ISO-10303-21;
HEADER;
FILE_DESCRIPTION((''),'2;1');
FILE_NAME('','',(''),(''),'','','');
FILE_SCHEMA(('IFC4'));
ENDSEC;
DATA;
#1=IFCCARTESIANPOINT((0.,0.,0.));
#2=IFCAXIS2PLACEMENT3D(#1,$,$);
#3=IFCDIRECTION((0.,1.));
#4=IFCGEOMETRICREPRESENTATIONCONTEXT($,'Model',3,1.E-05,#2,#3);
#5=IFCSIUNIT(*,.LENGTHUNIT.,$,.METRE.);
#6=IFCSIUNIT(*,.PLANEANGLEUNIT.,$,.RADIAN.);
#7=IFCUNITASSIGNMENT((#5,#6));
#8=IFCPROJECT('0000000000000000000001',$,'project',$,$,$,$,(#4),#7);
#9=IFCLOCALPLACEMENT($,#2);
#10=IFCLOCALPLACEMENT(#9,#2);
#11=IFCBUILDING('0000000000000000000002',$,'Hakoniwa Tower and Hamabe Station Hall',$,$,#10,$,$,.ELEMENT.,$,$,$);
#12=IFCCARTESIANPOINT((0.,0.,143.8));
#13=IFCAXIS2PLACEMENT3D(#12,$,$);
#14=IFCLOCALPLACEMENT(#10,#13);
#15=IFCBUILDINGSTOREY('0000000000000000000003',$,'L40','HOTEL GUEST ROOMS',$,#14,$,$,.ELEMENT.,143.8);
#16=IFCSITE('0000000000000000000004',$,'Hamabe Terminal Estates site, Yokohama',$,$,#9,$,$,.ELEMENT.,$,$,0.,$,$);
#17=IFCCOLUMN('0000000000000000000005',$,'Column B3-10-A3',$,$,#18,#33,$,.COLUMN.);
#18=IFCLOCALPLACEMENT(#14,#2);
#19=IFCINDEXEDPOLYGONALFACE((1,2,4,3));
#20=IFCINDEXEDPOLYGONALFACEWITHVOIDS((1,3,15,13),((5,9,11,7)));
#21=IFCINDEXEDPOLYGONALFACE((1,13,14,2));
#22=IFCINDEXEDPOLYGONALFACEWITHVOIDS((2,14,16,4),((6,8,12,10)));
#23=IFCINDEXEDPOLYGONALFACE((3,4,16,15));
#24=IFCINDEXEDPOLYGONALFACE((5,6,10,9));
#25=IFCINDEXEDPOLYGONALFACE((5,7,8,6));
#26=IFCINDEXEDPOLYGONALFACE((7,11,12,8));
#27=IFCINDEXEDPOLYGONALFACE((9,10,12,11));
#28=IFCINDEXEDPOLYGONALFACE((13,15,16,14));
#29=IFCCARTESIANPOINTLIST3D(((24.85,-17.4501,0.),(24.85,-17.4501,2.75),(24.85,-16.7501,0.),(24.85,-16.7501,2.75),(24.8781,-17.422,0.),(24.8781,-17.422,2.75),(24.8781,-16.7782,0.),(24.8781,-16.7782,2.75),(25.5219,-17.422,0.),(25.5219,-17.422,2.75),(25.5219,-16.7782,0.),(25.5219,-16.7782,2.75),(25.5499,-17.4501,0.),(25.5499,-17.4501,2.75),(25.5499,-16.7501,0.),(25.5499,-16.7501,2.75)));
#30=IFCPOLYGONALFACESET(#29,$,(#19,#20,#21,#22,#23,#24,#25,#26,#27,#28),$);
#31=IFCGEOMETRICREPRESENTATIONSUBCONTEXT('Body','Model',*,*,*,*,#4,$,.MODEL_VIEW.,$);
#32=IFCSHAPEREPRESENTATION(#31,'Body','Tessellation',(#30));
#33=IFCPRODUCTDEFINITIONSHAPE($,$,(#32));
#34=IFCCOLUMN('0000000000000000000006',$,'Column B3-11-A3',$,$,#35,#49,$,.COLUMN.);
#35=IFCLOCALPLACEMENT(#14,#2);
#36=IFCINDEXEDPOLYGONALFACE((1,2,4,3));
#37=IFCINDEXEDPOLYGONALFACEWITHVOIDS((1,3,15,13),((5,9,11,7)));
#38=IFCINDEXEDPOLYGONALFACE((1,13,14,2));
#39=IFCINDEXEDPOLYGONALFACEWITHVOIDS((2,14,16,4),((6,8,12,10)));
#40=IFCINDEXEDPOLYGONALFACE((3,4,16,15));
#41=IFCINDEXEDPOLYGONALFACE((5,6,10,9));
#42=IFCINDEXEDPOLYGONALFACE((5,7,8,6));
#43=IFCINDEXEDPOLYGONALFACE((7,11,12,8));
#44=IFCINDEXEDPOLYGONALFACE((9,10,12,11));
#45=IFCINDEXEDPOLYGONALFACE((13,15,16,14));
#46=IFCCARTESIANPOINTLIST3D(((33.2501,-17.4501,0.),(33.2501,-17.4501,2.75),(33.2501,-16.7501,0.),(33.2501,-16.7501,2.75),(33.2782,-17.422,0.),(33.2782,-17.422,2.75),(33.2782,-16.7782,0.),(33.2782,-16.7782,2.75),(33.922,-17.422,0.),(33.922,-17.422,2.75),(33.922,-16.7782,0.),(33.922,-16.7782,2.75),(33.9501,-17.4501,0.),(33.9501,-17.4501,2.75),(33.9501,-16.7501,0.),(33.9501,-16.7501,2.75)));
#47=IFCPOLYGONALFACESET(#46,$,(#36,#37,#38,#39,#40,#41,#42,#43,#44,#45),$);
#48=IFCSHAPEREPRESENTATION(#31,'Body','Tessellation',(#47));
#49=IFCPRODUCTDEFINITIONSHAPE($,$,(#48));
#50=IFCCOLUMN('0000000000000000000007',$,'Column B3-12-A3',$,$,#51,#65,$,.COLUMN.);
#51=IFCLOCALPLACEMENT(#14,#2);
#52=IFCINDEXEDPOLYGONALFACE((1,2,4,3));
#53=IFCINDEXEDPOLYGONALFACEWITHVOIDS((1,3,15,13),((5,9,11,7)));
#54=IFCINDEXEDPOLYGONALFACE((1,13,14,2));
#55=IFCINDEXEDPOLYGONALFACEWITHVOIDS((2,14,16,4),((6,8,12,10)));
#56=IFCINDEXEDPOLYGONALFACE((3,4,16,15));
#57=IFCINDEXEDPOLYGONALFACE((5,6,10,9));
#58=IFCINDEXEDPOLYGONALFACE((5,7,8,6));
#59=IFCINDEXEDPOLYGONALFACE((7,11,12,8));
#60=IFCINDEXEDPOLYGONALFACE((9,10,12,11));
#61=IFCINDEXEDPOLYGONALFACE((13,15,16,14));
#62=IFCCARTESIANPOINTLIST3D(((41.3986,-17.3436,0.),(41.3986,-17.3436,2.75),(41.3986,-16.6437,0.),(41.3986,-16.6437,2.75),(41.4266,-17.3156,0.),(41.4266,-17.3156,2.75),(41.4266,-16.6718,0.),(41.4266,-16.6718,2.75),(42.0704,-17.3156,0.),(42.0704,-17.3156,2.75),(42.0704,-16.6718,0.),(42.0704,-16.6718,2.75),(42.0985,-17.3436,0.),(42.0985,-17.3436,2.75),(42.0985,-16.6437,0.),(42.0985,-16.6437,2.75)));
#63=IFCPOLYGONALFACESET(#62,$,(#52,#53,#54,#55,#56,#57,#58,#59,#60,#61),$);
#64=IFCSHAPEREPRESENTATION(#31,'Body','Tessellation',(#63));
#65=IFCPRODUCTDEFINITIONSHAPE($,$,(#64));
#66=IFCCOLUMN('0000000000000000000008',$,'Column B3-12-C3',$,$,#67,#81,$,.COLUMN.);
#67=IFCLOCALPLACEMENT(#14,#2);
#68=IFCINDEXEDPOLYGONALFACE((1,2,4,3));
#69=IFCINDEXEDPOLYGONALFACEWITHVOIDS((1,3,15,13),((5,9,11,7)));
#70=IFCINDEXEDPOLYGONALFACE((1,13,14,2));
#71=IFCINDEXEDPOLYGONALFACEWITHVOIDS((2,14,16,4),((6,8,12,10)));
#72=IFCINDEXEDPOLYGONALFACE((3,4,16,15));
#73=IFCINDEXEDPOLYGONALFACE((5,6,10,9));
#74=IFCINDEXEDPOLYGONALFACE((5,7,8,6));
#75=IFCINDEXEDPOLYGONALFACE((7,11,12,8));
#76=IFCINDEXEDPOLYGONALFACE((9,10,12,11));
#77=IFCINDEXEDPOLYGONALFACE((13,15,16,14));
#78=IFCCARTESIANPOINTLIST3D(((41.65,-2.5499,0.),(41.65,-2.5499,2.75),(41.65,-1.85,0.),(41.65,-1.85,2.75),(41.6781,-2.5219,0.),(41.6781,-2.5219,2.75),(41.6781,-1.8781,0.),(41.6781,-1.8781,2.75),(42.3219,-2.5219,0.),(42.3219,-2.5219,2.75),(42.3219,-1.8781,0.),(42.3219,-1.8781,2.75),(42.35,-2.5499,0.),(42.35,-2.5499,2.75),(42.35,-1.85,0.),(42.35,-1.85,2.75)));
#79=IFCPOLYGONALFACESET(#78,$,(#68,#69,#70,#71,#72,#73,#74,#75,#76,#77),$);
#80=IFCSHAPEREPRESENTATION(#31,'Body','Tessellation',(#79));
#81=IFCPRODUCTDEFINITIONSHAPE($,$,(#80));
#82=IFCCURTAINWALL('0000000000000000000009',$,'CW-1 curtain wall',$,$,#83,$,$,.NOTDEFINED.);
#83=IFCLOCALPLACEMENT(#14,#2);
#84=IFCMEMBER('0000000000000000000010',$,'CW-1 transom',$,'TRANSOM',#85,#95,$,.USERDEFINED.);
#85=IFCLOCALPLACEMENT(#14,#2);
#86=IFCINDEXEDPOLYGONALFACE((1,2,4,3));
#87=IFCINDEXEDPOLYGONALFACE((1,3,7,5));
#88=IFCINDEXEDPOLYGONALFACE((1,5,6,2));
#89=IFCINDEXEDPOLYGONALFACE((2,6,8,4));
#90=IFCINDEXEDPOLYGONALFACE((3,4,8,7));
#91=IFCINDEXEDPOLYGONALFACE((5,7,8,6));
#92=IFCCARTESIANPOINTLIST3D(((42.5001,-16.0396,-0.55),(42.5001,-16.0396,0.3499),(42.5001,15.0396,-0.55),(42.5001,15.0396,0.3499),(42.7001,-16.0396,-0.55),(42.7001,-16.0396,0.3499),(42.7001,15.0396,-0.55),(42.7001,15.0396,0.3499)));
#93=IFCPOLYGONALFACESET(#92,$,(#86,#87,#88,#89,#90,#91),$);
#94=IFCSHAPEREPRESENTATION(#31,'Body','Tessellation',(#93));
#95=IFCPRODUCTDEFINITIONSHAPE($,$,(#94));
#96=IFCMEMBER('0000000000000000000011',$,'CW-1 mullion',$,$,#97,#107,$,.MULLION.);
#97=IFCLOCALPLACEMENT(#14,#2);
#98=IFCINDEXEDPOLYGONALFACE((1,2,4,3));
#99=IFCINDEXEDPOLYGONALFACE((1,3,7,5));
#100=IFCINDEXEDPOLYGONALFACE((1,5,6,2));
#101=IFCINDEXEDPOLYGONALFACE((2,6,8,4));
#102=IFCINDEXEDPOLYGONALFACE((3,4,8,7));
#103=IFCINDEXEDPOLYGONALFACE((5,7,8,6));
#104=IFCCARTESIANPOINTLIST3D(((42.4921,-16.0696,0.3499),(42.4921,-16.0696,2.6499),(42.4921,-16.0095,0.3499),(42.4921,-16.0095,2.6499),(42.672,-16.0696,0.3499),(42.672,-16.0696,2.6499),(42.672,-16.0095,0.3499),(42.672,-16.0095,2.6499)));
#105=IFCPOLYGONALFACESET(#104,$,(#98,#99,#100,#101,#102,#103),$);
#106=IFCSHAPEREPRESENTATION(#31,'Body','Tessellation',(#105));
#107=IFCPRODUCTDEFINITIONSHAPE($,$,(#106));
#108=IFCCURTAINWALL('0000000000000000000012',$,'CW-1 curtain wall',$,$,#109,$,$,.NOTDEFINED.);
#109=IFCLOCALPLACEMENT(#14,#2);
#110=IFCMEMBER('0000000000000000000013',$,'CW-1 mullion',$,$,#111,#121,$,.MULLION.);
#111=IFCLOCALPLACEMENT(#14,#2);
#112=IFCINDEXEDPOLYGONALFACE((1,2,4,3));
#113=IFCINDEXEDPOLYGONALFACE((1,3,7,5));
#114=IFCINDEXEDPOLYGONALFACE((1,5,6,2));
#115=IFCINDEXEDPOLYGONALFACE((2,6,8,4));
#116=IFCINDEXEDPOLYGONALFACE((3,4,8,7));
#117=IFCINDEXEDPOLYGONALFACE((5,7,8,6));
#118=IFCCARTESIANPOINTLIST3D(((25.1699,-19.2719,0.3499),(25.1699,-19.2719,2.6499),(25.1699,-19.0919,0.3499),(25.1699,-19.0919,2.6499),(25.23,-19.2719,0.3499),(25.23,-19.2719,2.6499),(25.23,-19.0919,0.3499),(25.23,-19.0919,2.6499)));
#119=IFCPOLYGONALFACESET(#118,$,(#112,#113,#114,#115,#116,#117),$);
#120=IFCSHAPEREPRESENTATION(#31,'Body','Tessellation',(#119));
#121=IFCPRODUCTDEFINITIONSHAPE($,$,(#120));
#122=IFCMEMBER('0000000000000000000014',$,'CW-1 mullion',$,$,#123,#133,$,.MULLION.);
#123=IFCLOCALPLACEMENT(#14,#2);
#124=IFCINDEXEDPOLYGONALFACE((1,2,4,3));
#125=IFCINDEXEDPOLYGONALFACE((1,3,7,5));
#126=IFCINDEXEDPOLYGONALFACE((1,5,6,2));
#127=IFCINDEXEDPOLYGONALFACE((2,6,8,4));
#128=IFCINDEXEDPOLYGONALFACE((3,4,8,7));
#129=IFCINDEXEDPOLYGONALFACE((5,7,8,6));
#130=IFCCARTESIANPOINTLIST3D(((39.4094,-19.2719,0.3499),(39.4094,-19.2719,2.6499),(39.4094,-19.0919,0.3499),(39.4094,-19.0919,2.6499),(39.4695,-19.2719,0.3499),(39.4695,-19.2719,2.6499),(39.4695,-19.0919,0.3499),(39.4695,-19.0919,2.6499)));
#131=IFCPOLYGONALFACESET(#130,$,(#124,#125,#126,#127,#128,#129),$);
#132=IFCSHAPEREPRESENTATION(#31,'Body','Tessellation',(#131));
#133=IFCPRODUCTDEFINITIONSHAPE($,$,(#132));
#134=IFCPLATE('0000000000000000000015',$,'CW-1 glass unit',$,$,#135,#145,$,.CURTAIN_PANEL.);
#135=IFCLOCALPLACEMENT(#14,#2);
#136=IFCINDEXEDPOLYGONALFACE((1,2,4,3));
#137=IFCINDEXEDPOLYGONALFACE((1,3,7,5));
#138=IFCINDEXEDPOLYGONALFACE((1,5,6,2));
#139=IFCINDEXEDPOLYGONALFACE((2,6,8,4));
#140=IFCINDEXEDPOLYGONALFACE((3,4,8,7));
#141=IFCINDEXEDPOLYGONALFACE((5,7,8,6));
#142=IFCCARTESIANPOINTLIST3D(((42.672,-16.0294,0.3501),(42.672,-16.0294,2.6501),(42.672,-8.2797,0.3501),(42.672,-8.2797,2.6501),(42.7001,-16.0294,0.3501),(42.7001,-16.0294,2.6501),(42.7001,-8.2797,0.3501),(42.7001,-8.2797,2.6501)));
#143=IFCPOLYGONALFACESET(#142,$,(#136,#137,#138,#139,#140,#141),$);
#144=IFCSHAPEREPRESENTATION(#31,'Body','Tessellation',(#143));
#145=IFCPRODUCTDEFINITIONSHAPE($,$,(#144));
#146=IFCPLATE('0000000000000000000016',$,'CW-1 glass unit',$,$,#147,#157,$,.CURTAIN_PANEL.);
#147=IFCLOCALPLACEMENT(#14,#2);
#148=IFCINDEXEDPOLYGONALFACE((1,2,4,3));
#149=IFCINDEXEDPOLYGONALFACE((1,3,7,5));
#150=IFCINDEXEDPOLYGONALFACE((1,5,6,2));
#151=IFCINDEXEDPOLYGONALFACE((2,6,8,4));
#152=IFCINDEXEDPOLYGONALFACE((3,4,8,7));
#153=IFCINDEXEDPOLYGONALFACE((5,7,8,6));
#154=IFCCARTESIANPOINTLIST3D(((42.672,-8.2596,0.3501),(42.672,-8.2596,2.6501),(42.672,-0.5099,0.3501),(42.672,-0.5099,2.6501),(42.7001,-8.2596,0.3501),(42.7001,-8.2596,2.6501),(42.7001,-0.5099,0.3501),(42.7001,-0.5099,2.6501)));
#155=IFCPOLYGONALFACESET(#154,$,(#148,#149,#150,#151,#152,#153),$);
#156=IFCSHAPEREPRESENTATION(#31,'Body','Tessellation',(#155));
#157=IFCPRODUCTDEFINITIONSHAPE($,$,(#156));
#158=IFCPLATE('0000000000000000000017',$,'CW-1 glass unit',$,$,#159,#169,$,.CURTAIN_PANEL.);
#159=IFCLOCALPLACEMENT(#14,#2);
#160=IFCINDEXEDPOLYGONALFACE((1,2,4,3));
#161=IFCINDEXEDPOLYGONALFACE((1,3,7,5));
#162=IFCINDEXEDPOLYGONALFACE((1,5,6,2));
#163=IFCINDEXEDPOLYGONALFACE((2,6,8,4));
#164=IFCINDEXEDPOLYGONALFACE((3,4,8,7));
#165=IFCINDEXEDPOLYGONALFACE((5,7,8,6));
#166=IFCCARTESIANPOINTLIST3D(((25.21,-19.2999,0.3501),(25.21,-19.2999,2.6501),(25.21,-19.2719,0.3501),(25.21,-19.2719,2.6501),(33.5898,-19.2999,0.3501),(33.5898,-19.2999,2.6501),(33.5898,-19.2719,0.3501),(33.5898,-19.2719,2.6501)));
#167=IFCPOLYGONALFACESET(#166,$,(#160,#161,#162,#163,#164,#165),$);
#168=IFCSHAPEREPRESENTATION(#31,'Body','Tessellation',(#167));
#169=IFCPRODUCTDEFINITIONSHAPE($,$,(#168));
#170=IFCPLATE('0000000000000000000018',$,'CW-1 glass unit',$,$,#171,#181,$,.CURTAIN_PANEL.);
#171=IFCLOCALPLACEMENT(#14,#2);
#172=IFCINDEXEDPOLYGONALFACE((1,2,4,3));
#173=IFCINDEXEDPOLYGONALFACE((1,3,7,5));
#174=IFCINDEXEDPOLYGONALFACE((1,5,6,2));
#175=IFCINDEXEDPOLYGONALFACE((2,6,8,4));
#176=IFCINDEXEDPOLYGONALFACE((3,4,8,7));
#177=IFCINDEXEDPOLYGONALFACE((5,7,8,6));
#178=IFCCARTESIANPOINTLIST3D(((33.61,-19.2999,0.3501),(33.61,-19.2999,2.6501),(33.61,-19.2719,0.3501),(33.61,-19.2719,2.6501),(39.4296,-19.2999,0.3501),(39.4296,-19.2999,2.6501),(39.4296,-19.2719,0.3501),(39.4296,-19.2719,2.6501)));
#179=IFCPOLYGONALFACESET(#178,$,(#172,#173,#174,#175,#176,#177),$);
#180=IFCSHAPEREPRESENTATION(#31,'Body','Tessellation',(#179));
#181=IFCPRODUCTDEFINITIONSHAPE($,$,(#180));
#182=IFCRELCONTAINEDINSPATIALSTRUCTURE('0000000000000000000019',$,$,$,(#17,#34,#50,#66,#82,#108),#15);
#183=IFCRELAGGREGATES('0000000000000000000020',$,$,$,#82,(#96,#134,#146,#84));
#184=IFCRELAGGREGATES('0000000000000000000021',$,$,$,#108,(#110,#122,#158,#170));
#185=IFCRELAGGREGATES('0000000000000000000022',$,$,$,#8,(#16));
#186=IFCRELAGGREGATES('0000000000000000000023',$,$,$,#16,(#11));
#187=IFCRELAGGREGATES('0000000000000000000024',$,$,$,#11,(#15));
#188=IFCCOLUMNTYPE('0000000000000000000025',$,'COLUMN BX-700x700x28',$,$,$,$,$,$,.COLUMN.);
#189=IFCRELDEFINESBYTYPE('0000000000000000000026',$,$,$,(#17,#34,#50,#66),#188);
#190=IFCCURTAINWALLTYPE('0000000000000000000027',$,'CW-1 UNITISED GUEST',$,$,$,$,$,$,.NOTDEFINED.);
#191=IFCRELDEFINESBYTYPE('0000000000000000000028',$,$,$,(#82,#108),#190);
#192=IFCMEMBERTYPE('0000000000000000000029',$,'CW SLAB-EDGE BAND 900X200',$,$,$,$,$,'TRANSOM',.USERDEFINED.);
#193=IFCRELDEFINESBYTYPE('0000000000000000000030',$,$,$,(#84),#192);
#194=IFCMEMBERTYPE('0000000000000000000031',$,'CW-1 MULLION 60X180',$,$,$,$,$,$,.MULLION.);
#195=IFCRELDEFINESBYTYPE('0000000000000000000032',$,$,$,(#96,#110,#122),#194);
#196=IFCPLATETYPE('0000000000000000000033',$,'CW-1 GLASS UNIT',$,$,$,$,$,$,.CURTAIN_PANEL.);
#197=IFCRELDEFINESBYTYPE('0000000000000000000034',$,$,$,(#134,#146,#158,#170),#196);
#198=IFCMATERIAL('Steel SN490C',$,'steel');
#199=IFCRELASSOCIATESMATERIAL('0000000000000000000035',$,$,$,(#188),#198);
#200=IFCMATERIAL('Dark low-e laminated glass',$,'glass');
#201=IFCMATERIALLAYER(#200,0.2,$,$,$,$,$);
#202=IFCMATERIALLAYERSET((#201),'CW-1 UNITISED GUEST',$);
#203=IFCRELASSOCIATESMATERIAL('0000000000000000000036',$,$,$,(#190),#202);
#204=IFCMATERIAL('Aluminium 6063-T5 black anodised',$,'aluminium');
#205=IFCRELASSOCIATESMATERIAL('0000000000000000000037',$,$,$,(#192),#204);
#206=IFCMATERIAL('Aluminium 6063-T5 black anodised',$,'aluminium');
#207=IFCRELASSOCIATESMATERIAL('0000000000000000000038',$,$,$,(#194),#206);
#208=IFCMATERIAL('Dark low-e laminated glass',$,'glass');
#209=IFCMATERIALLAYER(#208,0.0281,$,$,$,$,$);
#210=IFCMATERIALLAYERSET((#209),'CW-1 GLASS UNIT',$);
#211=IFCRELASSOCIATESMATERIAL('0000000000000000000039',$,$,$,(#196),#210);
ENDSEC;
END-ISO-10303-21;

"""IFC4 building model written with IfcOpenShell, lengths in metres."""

from ifc_helpers import new_model, si_unit, direction, frame, origin, origin_2d, place, context, subcontext, project, spatial, rectangle, hollow_rectangle, extrude, material, layer, layer_set, material_profile, profile_set, type_object, element, aggregate, save


model = new_model("IFC4")

# Units and contexts
model_context = context("Model", 3, precision=1e-05, world=origin(), true_north=direction((0.0, 1.0)))
body_context = subcontext(model_context, "Body", "Model", "MODEL_VIEW")
ifc_project = project(units=[si_unit("LENGTHUNIT", "METRE"), si_unit("PLANEANGLEUNIT", "RADIAN")], contexts=[model_context])

# Site, building, storey
site_placement = place(None, origin())
site = spatial("IfcSite", under=ifc_project, at=site_placement, Name="Hamabe Terminal Estates site, Yokohama", CompositionType="ELEMENT", RefElevation=0.0)
building_placement = place(site_placement, origin())
building = spatial("IfcBuilding", under=site, at=building_placement, Name="Hakoniwa Tower and Hamabe Station Hall", CompositionType="ELEMENT")
storey_placement = place(building_placement, frame((0.0, 0.0, 143.8)))
storey = spatial("IfcBuildingStorey", under=building, at=storey_placement, Name="L40", Description="HOTEL GUEST ROOMS", CompositionType="ELEMENT", Elevation=143.8)

# Columns
ifc_material_1 = material(Name="Steel SN490C", Category="steel")
ifc_material_profile_1 = material_profile(ifc_material_1, hollow_rectangle(XDim=0.7, YDim=0.7, WallThickness=0.0281, at=origin_2d()), Name="BX-700x700x28")
ifc_profile_set_1 = profile_set([ifc_material_profile_1], Name="Steel SN490C")
column_type = type_object("IfcColumnType", Name="COLUMN BX-700x700x28", PredefinedType="COLUMN", material=ifc_profile_set_1)
for number, where, z_axis, x_axis, name in (
    (1, (25.2, -17.1001, 0.0), (0.0, 0.0, 1.0), (1.0, 0.0, 0.0), "Column B3-10-A3"),
    (2, (33.6001, -17.1001, 0.0), (0.0, 0.0, 1.0), (1.0, 0.0, 0.0), "Column B3-11-A3"),
    (3, (41.7485, -16.9937, 0.0), (0.0, 0.0, 1.0), (1.0, 0.0, 0.0), "Column B3-12-A3"),
    (4, (42.0, -2.2, 0.0), (0.0, 0.0, 1.0), (1.0, 0.0, 0.0), "Column B3-12-C3"),
):
    element("IfcColumn", number, at=place(storey_placement, frame(where, z_axis=z_axis, x_axis=x_axis)), inside=storey, type_object=column_type, Name=name, PredefinedType="COLUMN", context=body_context, shape_type="SweptSolid", body=[
        extrude(hollow_rectangle(XDim=0.7, YDim=0.7, WallThickness=0.0281, at=origin_2d()), origin(), (0.0, 0.0, 1.0), 2.75),
    ])

# Curtain walls, members
ifc_material_2 = material(Name="Dark low-e laminated glass", Category="glass")
ifc_layer_1 = layer(ifc_material_2, 0.2)
ifc_layer_set_1 = layer_set([ifc_layer_1], Name="CW-1 UNITISED GUEST")
curtain_wall_type = type_object("IfcCurtainWallType", Name="CW-1 UNITISED GUEST", PredefinedType="NOTDEFINED", material=ifc_layer_set_1)
curtain_wall_1_placement = place(storey_placement, origin())
curtain_wall_1 = element("IfcCurtainWall", 5, at=curtain_wall_1_placement, inside=storey, type_object=curtain_wall_type, Name="CW-1 curtain wall", PredefinedType="NOTDEFINED")
ifc_material_3 = material(Name="Aluminium 6063-T5 black anodised", Category="aluminium")
ifc_material_profile_2 = material_profile(ifc_material_3, rectangle(XDim=0.2, YDim=0.8999, at=origin_2d()), Name="CW SLAB-EDGE BAND 900X200")
ifc_profile_set_2 = profile_set([ifc_material_profile_2], Name="Aluminium 6063-T5 black anodised")
member_type_1 = type_object("IfcMemberType", Name="CW SLAB-EDGE BAND 900X200", ElementType="TRANSOM", PredefinedType="USERDEFINED", material=ifc_profile_set_2)
member_1_placement = place(storey_placement, frame((42.6001, -16.0396, -0.1001), z_axis=(0.0, 1.0, 0.0), x_axis=(-1.0, 0.0, 0.0)))
member_1 = element("IfcMember", 6, at=member_1_placement, type_object=member_type_1, Name="CW-1 transom", ObjectType="TRANSOM", PredefinedType="USERDEFINED", context=body_context, shape_type="SweptSolid", body=[
    extrude(rectangle(XDim=0.2, YDim=0.8999, at=origin_2d()), origin(), (0.0, 0.0, 1.0), 31.0791),
])
ifc_material_4 = material(Name="Aluminium 6063-T5 black anodised", Category="aluminium")
ifc_material_profile_3 = material_profile(ifc_material_4, rectangle(XDim=0.0601, YDim=0.1799, at=origin_2d()), Name="CW-1 MULLION 60X180")
ifc_profile_set_3 = profile_set([ifc_material_profile_3], Name="Aluminium 6063-T5 black anodised")
member_type_2 = type_object("IfcMemberType", Name="CW-1 MULLION 60X180", PredefinedType="MULLION", material=ifc_profile_set_3)
member_2_placement = place(storey_placement, frame((42.582, -16.0396, 0.3499), z_axis=(0.0, 0.0, 1.0), x_axis=(0.0, 1.0, 0.0)))
member_2 = element("IfcMember", 7, at=member_2_placement, type_object=member_type_2, Name="CW-1 mullion", PredefinedType="MULLION", context=body_context, shape_type="SweptSolid", body=[
    extrude(rectangle(XDim=0.0601, YDim=0.1799, at=origin_2d()), origin(), (0.0, 0.0, 1.0), 2.3),
])
curtain_wall_2_placement = place(storey_placement, origin())
curtain_wall_2 = element("IfcCurtainWall", 8, at=curtain_wall_2_placement, inside=storey, type_object=curtain_wall_type, Name="CW-1 curtain wall", PredefinedType="NOTDEFINED")
member_3_placement = place(storey_placement, frame((25.2, -19.1819, 0.3499), z_axis=(0.0, 0.0, 1.0), x_axis=(1.0, 0.0, 0.0)))
member_3 = element("IfcMember", 9, at=member_3_placement, type_object=member_type_2, Name="CW-1 mullion", PredefinedType="MULLION", context=body_context, shape_type="SweptSolid", body=[
    extrude(rectangle(XDim=0.0601, YDim=0.1799, at=origin_2d()), origin(), (0.0, 0.0, 1.0), 2.3),
])
member_4_placement = place(storey_placement, frame((39.4395, -19.1819, 0.3499), z_axis=(0.0, 0.0, 1.0), x_axis=(1.0, 0.0, 0.0)))
member_4 = element("IfcMember", 10, at=member_4_placement, type_object=member_type_2, Name="CW-1 mullion", PredefinedType="MULLION", context=body_context, shape_type="SweptSolid", body=[
    extrude(rectangle(XDim=0.0601, YDim=0.1799, at=origin_2d()), origin(), (0.0, 0.0, 1.0), 2.3),
])

# Plates
ifc_material_5 = material(Name="Dark low-e laminated glass", Category="glass")
ifc_layer_2 = layer(ifc_material_5, 0.0281)
ifc_layer_set_2 = layer_set([ifc_layer_2], Name="CW-1 GLASS UNIT")
plate_type = type_object("IfcPlateType", Name="CW-1 GLASS UNIT", PredefinedType="CURTAIN_PANEL", material=ifc_layer_set_2)
plate_1_placement = place(storey_placement, frame((42.686, -12.1545, 0.3501), z_axis=(0.0, 0.0, 1.0), x_axis=(0.0, 1.0, 0.0)))
plate_1 = element("IfcPlate", 11, at=plate_1_placement, type_object=plate_type, Name="CW-1 glass unit", PredefinedType="CURTAIN_PANEL", context=body_context, shape_type="SweptSolid", body=[
    extrude(rectangle(XDim=7.7498, YDim=0.0281, at=origin_2d()), origin(), (0.0, 0.0, 1.0), 2.3),
])
plate_2_placement = place(storey_placement, frame((42.686, -4.3848, 0.3501), z_axis=(0.0, 0.0, 1.0), x_axis=(0.0, 1.0, 0.0)))
plate_2 = element("IfcPlate", 12, at=plate_2_placement, type_object=plate_type, Name="CW-1 glass unit", PredefinedType="CURTAIN_PANEL", context=body_context, shape_type="SweptSolid", body=[
    extrude(rectangle(XDim=7.7498, YDim=0.0281, at=origin_2d()), origin(), (0.0, 0.0, 1.0), 2.3),
])
aggregate(curtain_wall_1, [member_2, plate_1, plate_2, member_1])
plate_3_placement = place(storey_placement, frame((29.3999, -19.2859, 0.3501), z_axis=(0.0, 0.0, 1.0), x_axis=(1.0, 0.0, 0.0)))
plate_3 = element("IfcPlate", 13, at=plate_3_placement, type_object=plate_type, Name="CW-1 glass unit", PredefinedType="CURTAIN_PANEL", context=body_context, shape_type="SweptSolid", body=[
    extrude(rectangle(XDim=8.3799, YDim=0.0281, at=origin_2d()), origin(), (0.0, 0.0, 1.0), 2.3),
])
plate_4_placement = place(storey_placement, frame((36.5198, -19.2859, 0.3501), z_axis=(0.0, 0.0, 1.0), x_axis=(1.0, 0.0, 0.0)))
plate_4 = element("IfcPlate", 14, at=plate_4_placement, type_object=plate_type, Name="CW-1 glass unit", PredefinedType="CURTAIN_PANEL", context=body_context, shape_type="SweptSolid", body=[
    extrude(rectangle(XDim=5.8196, YDim=0.0281, at=origin_2d()), origin(), (0.0, 0.0, 1.0), 2.3),
])
aggregate(curtain_wall_2, [member_3, member_4, plate_3, plate_4])

save(model, "model.ifc")
